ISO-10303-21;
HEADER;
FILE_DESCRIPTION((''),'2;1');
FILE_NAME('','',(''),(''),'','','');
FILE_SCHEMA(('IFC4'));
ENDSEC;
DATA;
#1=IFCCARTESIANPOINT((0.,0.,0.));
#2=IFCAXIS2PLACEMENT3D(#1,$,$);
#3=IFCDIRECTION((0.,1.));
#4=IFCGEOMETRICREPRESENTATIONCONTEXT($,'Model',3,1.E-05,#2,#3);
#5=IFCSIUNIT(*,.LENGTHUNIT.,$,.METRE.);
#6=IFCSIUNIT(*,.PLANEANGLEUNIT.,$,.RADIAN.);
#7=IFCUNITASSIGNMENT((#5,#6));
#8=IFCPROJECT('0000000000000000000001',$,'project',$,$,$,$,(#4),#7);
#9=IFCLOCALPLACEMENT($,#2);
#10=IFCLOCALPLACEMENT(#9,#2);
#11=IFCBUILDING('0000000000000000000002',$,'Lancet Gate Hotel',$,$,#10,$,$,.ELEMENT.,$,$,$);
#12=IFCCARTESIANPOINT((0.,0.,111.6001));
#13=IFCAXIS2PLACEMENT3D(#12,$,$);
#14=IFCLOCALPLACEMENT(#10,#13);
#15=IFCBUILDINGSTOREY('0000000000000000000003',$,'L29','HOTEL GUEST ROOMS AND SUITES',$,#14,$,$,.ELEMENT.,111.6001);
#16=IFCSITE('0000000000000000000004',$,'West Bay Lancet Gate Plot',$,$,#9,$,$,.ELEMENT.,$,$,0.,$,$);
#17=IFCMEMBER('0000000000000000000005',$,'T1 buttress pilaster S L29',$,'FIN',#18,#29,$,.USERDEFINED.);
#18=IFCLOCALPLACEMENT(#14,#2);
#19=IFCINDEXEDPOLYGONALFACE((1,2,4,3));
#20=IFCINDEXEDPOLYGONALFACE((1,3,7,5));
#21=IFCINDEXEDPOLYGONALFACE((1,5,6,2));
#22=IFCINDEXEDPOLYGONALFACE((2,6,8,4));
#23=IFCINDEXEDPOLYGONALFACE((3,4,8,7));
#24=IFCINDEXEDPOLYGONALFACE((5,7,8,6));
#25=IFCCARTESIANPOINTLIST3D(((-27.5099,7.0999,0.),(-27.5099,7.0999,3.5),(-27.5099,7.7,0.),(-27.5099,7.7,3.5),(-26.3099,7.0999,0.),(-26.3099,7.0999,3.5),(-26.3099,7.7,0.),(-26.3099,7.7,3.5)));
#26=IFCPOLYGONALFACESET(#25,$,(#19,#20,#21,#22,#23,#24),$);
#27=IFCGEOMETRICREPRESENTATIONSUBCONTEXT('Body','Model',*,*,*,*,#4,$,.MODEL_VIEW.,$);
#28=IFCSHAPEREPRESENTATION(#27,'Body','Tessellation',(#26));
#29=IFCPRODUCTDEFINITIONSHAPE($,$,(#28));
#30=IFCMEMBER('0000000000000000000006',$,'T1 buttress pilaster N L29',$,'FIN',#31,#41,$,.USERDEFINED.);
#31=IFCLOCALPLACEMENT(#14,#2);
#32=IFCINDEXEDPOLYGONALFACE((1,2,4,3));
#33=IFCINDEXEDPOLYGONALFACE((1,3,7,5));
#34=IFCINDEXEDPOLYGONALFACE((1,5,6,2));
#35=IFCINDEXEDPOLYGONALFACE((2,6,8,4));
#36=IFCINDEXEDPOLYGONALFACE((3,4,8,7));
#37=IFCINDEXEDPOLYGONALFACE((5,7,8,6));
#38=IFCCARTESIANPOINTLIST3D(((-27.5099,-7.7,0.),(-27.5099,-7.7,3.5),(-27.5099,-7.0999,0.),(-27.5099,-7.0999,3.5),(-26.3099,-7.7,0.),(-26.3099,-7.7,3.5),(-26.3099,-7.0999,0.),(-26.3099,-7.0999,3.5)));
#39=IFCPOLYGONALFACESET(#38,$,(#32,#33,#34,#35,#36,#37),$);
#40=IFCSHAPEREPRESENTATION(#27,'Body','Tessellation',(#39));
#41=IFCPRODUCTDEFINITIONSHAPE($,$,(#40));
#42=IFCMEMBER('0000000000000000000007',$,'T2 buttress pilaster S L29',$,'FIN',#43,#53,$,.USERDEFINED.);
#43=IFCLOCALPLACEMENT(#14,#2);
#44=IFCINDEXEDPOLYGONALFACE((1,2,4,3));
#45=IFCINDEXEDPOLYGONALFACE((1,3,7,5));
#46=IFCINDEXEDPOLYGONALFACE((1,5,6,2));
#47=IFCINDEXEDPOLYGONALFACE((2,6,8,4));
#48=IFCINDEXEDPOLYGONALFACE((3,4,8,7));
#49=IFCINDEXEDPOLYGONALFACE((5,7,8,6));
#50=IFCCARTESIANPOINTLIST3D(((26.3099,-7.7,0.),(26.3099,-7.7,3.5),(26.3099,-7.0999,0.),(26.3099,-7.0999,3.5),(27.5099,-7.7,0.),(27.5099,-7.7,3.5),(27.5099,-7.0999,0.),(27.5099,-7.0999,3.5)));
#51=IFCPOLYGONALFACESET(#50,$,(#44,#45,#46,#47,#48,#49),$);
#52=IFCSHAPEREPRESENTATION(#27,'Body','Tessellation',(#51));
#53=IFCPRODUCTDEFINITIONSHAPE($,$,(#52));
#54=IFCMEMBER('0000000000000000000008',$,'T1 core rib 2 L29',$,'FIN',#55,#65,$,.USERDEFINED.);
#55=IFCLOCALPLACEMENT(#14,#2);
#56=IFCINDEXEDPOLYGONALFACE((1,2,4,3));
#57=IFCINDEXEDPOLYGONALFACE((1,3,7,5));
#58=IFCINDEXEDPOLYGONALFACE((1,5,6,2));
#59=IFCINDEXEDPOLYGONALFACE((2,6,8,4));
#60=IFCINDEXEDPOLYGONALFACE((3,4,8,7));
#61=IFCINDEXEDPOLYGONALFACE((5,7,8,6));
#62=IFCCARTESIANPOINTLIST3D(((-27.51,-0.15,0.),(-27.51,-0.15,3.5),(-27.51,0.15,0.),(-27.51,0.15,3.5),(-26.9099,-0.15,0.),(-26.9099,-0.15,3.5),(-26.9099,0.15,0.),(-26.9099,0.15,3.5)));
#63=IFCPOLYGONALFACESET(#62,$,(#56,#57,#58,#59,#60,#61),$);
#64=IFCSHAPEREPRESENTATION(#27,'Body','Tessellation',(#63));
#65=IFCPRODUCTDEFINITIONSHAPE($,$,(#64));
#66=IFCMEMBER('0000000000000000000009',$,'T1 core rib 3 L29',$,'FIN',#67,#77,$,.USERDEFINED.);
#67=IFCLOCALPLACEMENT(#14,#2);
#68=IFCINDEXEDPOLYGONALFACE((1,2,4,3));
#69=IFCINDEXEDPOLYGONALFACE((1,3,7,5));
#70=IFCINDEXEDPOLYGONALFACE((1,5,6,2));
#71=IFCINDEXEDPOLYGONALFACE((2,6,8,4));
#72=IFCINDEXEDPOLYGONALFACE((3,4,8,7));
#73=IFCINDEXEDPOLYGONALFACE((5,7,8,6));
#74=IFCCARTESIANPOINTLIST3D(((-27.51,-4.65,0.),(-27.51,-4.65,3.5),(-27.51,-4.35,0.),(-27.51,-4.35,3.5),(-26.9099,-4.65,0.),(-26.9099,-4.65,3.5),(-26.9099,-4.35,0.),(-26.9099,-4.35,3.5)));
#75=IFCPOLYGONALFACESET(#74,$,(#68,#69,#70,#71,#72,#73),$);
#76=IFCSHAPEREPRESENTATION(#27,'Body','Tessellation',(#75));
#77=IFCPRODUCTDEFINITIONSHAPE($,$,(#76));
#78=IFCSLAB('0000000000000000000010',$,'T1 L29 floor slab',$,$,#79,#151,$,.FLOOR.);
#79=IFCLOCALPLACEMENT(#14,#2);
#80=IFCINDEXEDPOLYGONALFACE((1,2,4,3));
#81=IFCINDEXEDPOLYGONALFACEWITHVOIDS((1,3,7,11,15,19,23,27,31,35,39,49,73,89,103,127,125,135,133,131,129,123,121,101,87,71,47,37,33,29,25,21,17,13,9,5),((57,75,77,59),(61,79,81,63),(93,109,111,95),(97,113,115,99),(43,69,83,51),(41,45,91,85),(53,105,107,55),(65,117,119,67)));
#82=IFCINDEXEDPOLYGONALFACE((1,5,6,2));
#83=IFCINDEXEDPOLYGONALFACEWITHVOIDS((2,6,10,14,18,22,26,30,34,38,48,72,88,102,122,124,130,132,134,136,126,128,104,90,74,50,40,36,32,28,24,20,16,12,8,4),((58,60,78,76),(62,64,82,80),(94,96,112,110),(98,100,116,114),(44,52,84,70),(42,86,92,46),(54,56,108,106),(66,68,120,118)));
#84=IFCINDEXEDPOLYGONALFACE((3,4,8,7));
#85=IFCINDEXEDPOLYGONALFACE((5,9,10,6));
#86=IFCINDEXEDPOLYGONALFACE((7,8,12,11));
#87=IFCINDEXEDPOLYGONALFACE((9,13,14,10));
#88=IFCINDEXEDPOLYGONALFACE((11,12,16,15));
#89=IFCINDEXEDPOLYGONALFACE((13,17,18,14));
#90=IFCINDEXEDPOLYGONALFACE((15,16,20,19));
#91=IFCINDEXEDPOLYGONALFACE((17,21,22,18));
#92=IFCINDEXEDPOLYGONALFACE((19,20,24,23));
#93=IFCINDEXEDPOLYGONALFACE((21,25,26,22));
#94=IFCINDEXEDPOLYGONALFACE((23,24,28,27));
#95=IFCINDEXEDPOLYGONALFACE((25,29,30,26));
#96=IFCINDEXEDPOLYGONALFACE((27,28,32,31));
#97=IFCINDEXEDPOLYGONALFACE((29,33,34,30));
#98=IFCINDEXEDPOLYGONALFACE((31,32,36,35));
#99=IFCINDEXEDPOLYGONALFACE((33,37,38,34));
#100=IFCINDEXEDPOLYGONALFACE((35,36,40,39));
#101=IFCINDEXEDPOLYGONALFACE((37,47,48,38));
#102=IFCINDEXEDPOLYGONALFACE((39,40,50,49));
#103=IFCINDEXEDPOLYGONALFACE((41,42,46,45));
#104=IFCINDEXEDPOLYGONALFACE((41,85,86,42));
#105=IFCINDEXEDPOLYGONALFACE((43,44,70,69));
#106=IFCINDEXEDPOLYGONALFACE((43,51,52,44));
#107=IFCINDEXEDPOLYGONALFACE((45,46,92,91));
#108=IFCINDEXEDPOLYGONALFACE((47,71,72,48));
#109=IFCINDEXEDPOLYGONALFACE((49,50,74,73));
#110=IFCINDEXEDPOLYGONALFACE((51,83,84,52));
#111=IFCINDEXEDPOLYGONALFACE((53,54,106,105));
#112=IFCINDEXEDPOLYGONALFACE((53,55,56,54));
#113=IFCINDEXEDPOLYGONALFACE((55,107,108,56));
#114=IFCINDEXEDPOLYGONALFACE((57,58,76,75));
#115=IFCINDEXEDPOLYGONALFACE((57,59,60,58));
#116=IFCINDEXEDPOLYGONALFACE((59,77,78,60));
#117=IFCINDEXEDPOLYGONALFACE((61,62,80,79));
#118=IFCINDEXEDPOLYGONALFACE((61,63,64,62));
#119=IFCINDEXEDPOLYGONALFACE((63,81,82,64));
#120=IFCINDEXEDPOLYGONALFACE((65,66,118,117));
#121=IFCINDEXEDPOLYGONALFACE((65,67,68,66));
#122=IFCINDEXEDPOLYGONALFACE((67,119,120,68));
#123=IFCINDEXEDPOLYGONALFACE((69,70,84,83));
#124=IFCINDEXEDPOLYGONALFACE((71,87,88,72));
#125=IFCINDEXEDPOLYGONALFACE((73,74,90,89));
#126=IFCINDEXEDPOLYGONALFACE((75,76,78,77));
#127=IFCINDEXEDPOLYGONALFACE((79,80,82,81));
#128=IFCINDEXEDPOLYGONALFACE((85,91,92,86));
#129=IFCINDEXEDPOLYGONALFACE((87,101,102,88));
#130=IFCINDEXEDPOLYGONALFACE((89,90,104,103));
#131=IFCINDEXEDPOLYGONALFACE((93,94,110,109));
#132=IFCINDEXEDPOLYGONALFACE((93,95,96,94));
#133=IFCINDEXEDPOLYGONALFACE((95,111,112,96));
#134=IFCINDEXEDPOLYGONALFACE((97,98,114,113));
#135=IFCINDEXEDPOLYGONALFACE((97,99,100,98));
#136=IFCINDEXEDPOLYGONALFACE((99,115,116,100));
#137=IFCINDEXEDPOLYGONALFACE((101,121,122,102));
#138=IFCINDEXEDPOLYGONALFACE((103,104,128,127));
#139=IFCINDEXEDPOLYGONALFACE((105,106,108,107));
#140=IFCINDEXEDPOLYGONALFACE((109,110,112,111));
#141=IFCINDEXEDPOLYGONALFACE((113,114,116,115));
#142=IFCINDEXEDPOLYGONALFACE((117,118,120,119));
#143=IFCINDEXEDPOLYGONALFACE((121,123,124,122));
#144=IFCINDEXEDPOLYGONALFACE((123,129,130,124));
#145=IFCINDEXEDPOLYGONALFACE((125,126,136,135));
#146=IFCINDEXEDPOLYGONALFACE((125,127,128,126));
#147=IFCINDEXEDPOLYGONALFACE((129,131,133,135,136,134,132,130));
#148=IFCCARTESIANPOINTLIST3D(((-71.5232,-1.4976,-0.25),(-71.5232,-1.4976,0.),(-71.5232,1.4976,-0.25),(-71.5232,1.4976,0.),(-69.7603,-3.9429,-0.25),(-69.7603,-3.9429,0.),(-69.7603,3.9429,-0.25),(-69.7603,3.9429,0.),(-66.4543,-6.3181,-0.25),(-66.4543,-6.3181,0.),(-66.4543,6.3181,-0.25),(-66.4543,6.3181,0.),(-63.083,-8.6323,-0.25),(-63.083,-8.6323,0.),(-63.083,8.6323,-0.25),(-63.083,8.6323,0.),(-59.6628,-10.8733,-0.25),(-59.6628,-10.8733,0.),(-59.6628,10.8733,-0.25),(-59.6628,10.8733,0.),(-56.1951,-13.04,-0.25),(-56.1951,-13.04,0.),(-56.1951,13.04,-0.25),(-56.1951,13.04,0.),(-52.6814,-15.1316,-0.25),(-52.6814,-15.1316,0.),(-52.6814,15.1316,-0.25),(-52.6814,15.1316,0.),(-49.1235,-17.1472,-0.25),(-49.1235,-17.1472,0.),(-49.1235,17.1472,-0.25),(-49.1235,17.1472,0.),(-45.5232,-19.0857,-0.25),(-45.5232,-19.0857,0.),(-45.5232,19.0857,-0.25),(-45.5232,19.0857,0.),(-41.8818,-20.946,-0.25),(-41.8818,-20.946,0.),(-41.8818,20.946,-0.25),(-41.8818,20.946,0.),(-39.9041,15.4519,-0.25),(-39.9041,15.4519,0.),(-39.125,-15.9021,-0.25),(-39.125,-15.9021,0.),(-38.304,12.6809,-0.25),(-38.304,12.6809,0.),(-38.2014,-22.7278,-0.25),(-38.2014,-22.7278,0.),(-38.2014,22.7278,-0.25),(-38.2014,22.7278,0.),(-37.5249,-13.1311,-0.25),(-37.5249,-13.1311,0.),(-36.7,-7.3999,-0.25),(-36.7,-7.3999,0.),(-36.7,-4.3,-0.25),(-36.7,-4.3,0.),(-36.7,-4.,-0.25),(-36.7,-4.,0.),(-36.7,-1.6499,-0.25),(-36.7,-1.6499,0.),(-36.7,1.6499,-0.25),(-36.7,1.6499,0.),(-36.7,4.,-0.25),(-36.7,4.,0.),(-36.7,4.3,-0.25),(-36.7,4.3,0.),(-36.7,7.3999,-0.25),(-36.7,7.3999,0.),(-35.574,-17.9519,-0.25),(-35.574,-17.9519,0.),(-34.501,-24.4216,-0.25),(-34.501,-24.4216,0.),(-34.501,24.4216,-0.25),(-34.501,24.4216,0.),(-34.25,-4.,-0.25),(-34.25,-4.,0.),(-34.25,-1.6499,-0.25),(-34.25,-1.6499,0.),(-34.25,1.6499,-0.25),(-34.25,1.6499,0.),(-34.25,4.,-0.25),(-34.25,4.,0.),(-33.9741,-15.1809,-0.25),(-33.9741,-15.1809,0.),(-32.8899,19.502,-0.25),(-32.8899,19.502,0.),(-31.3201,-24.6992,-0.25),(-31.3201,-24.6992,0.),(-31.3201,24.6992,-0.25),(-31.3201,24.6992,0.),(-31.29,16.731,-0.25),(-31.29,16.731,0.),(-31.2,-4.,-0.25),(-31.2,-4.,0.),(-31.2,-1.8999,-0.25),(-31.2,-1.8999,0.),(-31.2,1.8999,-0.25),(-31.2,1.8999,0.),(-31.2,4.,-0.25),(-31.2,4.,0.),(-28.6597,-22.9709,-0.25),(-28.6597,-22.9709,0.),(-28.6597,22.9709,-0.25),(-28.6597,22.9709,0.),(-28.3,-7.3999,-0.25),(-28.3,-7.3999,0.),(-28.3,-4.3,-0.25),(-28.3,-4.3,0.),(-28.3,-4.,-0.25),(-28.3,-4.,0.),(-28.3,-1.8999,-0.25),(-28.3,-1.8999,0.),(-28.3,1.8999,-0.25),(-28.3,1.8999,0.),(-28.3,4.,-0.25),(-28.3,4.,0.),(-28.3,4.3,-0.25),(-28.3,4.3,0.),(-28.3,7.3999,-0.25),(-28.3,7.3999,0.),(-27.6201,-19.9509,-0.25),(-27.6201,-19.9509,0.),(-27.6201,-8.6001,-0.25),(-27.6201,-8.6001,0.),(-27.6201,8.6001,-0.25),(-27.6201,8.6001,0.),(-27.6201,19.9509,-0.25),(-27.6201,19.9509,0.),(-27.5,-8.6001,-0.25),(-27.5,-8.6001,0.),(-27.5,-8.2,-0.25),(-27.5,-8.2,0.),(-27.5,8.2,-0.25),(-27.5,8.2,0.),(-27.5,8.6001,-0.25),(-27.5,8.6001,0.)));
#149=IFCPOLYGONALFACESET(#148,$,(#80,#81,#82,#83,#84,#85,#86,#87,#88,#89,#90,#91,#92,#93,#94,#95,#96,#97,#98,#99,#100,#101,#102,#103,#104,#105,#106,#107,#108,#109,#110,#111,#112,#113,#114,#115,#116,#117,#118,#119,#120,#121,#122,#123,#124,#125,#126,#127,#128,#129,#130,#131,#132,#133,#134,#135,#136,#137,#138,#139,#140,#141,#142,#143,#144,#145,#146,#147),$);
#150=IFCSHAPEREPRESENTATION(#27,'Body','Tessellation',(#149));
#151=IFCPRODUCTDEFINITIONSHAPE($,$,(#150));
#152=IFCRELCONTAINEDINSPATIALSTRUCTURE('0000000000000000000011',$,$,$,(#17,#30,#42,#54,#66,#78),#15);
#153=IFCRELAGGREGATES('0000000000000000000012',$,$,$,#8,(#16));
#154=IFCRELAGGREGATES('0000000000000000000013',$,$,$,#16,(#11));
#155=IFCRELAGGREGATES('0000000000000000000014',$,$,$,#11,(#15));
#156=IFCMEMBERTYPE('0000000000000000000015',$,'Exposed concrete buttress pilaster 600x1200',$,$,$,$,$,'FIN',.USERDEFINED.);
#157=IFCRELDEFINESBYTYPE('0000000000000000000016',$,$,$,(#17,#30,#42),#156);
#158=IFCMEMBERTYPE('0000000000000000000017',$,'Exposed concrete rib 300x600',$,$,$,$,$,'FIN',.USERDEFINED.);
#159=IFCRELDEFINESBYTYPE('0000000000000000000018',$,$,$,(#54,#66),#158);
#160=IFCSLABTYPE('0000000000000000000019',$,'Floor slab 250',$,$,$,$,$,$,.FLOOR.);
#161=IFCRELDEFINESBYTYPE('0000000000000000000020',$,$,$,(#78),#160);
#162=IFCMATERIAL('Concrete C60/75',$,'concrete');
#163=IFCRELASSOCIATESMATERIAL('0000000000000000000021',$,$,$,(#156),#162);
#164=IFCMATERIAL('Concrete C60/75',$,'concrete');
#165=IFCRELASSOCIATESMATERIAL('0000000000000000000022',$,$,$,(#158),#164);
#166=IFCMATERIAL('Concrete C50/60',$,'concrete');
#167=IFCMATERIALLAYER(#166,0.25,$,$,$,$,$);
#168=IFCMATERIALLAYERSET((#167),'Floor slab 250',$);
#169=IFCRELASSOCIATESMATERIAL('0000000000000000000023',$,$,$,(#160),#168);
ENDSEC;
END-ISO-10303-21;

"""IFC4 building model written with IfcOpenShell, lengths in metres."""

from ifc_helpers import new_model, si_unit, direction, frame, origin, origin_2d, place, context, subcontext, project, spatial, polyline, rectangle, outline, extrude, material, layer, layer_set, material_profile, profile_set, type_object, element, save


model = new_model("IFC4")

# Units and contexts
model_context = context("Model", 3, precision=1e-05, world=origin(), true_north=direction((0.0, 1.0)))
body_context = subcontext(model_context, "Body", "Model", "MODEL_VIEW")
ifc_project = project(units=[si_unit("LENGTHUNIT", "METRE"), si_unit("PLANEANGLEUNIT", "RADIAN")], contexts=[model_context])

# Site, building, storey
site_placement = place(None, origin())
site = spatial("IfcSite", under=ifc_project, at=site_placement, Name="West Bay Lancet Gate Plot", CompositionType="ELEMENT", RefElevation=0.0)
building_placement = place(site_placement, origin())
building = spatial("IfcBuilding", under=site, at=building_placement, Name="Lancet Gate Hotel", CompositionType="ELEMENT")
storey_placement = place(building_placement, frame((0.0, 0.0, 111.6001)))
storey = spatial("IfcBuildingStorey", under=building, at=storey_placement, Name="L29", Description="HOTEL GUEST ROOMS AND SUITES", CompositionType="ELEMENT", Elevation=111.6001)

# Members
ifc_material_1 = material(Name="Concrete C60/75", Category="concrete")
ifc_material_profile_1 = material_profile(ifc_material_1, rectangle(XDim=0.6001, YDim=1.2, at=origin_2d()), Name="FIN 600x1200")
ifc_profile_set_1 = profile_set([ifc_material_profile_1], Name="Concrete C60/75")
member_type_1 = type_object("IfcMemberType", Name="Exposed concrete buttress pilaster 600x1200", ElementType="FIN", PredefinedType="USERDEFINED", material=ifc_profile_set_1)
for number, where, z_axis, x_axis, name in (
    (1, (-26.9099, 7.3999, 0.0), (0.0, 0.0, 1.0), (0.0, 1.0, 0.0), "T1 buttress pilaster S L29"),
    (2, (-26.9099, -7.3999, 0.0), (0.0, 0.0, 1.0), (0.0, 1.0, 0.0), "T1 buttress pilaster N L29"),
    (3, (26.9099, -7.3999, 0.0), (0.0, 0.0, 1.0), (0.0, 1.0, 0.0), "T2 buttress pilaster S L29"),
):
    element("IfcMember", number, at=place(storey_placement, frame(where, z_axis=z_axis, x_axis=x_axis)), inside=storey, type_object=member_type_1, Name=name, ObjectType="FIN", PredefinedType="USERDEFINED", context=body_context, shape_type="SweptSolid", body=[
        extrude(rectangle(XDim=0.6001, YDim=1.2, at=origin_2d()), origin(), (0.0, 0.0, 1.0), 3.5),
    ])
ifc_material_2 = material(Name="Concrete C60/75", Category="concrete")
ifc_material_profile_2 = material_profile(ifc_material_2, rectangle(XDim=0.3, YDim=0.6001, at=origin_2d()), Name="FIN 300x600")
ifc_profile_set_2 = profile_set([ifc_material_profile_2], Name="Concrete C60/75")
member_type_2 = type_object("IfcMemberType", Name="Exposed concrete rib 300x600", ElementType="FIN", PredefinedType="USERDEFINED", material=ifc_profile_set_2)
for number, where, z_axis, x_axis, name in (
    (4, (-27.21, 0.0, 0.0), (0.0, 0.0, 1.0), (0.0, 1.0, 0.0), "T1 core rib 2 L29"),
    (5, (-27.21, -4.5, 0.0), (0.0, 0.0, 1.0), (0.0, 1.0, 0.0), "T1 core rib 3 L29"),
):
    element("IfcMember", number, at=place(storey_placement, frame(where, z_axis=z_axis, x_axis=x_axis)), inside=storey, type_object=member_type_2, Name=name, ObjectType="FIN", PredefinedType="USERDEFINED", context=body_context, shape_type="SweptSolid", body=[
        extrude(rectangle(XDim=0.3, YDim=0.6001, at=origin_2d()), origin(), (0.0, 0.0, 1.0), 3.5),
    ])

# Slab
ifc_material_3 = material(Name="Concrete C50/60", Category="concrete")
ifc_layer_1 = layer(ifc_material_3, 0.25)
ifc_layer_set_1 = layer_set([ifc_layer_1], Name="Floor slab 250")
slab_type_1 = type_object("IfcSlabType", Name="Floor slab 250", PredefinedType="FLOOR", material=ifc_layer_set_1)
slab_1_placement = place(storey_placement, frame((0.0, 0.0, -0.25)))
element("IfcSlab", 6, at=slab_1_placement, inside=storey, type_object=slab_type_1, Name="T1 L29 floor slab", PredefinedType="FLOOR", context=body_context, shape_type="SweptSolid", body=[
    extrude(outline(polyline([(-27.5, 8.6001), (-27.6201, 8.6001), (-27.6201, 19.9509), (-28.6597, 22.9709), (-31.3201, 24.6992), (-34.501, 24.4216), (-38.2014, 22.7278), (-41.8818, 20.946), (-45.5232, 19.0857), (-49.1235, 17.1472), (-52.6814, 15.1316), (-56.1951, 13.04), (-59.6628, 10.8733), (-63.083, 8.6323), (-66.4543, 6.3181), (-69.7603, 3.9429), (-71.5232, 1.4976), (-71.5232, -1.4976), (-69.7603, -3.9429), (-66.4543, -6.3181), (-63.083, -8.6323), (-59.6628, -10.8733), (-56.1951, -13.04), (-52.6814, -15.1316), (-49.1235, -17.1472), (-45.5232, -19.0857), (-41.8818, -20.946), (-38.2014, -22.7278), (-34.501, -24.4216), (-31.3201, -24.6992), (-28.6597, -22.9709), (-27.6201, -19.9509), (-27.6201, -8.6001), (-27.5, -8.6001), (-27.5, -8.2), (-27.5, 8.2), (-27.5, 8.6001)]), holes=[polyline([(-36.7, 7.3999), (-36.7, 4.3), (-28.3, 4.3), (-28.3, 7.3999), (-36.7, 7.3999)]), polyline([(-28.3, 4.0), (-31.2, 4.0), (-31.2, 1.8999), (-28.3, 1.8999), (-28.3, 4.0)]), polyline([(-34.25, 4.0), (-36.7, 4.0), (-36.7, 1.6499), (-34.25, 1.6499), (-34.25, 4.0)]), polyline([(-36.7, -1.6499), (-36.7, -4.0), (-34.25, -4.0), (-34.25, -1.6499), (-36.7, -1.6499)]), polyline([(-28.3, -1.8999), (-31.2, -1.8999), (-31.2, -4.0), (-28.3, -4.0), (-28.3, -1.8999)]), polyline([(-28.3, -4.3), (-36.7, -4.3), (-36.7, -7.3999), (-28.3, -7.3999), (-28.3, -4.3)]), polyline([(-31.29, 16.731), (-32.8899, 19.502), (-39.9041, 15.4519), (-38.304, 12.6809), (-31.29, 16.731)]), polyline([(-33.9741, -15.1809), (-37.5249, -13.1311), (-39.125, -15.9021), (-35.574, -17.9519), (-33.9741, -15.1809)])]), origin(), (0.0, 0.0, 1.0), 0.25),
])

save(model, "model.ifc")
